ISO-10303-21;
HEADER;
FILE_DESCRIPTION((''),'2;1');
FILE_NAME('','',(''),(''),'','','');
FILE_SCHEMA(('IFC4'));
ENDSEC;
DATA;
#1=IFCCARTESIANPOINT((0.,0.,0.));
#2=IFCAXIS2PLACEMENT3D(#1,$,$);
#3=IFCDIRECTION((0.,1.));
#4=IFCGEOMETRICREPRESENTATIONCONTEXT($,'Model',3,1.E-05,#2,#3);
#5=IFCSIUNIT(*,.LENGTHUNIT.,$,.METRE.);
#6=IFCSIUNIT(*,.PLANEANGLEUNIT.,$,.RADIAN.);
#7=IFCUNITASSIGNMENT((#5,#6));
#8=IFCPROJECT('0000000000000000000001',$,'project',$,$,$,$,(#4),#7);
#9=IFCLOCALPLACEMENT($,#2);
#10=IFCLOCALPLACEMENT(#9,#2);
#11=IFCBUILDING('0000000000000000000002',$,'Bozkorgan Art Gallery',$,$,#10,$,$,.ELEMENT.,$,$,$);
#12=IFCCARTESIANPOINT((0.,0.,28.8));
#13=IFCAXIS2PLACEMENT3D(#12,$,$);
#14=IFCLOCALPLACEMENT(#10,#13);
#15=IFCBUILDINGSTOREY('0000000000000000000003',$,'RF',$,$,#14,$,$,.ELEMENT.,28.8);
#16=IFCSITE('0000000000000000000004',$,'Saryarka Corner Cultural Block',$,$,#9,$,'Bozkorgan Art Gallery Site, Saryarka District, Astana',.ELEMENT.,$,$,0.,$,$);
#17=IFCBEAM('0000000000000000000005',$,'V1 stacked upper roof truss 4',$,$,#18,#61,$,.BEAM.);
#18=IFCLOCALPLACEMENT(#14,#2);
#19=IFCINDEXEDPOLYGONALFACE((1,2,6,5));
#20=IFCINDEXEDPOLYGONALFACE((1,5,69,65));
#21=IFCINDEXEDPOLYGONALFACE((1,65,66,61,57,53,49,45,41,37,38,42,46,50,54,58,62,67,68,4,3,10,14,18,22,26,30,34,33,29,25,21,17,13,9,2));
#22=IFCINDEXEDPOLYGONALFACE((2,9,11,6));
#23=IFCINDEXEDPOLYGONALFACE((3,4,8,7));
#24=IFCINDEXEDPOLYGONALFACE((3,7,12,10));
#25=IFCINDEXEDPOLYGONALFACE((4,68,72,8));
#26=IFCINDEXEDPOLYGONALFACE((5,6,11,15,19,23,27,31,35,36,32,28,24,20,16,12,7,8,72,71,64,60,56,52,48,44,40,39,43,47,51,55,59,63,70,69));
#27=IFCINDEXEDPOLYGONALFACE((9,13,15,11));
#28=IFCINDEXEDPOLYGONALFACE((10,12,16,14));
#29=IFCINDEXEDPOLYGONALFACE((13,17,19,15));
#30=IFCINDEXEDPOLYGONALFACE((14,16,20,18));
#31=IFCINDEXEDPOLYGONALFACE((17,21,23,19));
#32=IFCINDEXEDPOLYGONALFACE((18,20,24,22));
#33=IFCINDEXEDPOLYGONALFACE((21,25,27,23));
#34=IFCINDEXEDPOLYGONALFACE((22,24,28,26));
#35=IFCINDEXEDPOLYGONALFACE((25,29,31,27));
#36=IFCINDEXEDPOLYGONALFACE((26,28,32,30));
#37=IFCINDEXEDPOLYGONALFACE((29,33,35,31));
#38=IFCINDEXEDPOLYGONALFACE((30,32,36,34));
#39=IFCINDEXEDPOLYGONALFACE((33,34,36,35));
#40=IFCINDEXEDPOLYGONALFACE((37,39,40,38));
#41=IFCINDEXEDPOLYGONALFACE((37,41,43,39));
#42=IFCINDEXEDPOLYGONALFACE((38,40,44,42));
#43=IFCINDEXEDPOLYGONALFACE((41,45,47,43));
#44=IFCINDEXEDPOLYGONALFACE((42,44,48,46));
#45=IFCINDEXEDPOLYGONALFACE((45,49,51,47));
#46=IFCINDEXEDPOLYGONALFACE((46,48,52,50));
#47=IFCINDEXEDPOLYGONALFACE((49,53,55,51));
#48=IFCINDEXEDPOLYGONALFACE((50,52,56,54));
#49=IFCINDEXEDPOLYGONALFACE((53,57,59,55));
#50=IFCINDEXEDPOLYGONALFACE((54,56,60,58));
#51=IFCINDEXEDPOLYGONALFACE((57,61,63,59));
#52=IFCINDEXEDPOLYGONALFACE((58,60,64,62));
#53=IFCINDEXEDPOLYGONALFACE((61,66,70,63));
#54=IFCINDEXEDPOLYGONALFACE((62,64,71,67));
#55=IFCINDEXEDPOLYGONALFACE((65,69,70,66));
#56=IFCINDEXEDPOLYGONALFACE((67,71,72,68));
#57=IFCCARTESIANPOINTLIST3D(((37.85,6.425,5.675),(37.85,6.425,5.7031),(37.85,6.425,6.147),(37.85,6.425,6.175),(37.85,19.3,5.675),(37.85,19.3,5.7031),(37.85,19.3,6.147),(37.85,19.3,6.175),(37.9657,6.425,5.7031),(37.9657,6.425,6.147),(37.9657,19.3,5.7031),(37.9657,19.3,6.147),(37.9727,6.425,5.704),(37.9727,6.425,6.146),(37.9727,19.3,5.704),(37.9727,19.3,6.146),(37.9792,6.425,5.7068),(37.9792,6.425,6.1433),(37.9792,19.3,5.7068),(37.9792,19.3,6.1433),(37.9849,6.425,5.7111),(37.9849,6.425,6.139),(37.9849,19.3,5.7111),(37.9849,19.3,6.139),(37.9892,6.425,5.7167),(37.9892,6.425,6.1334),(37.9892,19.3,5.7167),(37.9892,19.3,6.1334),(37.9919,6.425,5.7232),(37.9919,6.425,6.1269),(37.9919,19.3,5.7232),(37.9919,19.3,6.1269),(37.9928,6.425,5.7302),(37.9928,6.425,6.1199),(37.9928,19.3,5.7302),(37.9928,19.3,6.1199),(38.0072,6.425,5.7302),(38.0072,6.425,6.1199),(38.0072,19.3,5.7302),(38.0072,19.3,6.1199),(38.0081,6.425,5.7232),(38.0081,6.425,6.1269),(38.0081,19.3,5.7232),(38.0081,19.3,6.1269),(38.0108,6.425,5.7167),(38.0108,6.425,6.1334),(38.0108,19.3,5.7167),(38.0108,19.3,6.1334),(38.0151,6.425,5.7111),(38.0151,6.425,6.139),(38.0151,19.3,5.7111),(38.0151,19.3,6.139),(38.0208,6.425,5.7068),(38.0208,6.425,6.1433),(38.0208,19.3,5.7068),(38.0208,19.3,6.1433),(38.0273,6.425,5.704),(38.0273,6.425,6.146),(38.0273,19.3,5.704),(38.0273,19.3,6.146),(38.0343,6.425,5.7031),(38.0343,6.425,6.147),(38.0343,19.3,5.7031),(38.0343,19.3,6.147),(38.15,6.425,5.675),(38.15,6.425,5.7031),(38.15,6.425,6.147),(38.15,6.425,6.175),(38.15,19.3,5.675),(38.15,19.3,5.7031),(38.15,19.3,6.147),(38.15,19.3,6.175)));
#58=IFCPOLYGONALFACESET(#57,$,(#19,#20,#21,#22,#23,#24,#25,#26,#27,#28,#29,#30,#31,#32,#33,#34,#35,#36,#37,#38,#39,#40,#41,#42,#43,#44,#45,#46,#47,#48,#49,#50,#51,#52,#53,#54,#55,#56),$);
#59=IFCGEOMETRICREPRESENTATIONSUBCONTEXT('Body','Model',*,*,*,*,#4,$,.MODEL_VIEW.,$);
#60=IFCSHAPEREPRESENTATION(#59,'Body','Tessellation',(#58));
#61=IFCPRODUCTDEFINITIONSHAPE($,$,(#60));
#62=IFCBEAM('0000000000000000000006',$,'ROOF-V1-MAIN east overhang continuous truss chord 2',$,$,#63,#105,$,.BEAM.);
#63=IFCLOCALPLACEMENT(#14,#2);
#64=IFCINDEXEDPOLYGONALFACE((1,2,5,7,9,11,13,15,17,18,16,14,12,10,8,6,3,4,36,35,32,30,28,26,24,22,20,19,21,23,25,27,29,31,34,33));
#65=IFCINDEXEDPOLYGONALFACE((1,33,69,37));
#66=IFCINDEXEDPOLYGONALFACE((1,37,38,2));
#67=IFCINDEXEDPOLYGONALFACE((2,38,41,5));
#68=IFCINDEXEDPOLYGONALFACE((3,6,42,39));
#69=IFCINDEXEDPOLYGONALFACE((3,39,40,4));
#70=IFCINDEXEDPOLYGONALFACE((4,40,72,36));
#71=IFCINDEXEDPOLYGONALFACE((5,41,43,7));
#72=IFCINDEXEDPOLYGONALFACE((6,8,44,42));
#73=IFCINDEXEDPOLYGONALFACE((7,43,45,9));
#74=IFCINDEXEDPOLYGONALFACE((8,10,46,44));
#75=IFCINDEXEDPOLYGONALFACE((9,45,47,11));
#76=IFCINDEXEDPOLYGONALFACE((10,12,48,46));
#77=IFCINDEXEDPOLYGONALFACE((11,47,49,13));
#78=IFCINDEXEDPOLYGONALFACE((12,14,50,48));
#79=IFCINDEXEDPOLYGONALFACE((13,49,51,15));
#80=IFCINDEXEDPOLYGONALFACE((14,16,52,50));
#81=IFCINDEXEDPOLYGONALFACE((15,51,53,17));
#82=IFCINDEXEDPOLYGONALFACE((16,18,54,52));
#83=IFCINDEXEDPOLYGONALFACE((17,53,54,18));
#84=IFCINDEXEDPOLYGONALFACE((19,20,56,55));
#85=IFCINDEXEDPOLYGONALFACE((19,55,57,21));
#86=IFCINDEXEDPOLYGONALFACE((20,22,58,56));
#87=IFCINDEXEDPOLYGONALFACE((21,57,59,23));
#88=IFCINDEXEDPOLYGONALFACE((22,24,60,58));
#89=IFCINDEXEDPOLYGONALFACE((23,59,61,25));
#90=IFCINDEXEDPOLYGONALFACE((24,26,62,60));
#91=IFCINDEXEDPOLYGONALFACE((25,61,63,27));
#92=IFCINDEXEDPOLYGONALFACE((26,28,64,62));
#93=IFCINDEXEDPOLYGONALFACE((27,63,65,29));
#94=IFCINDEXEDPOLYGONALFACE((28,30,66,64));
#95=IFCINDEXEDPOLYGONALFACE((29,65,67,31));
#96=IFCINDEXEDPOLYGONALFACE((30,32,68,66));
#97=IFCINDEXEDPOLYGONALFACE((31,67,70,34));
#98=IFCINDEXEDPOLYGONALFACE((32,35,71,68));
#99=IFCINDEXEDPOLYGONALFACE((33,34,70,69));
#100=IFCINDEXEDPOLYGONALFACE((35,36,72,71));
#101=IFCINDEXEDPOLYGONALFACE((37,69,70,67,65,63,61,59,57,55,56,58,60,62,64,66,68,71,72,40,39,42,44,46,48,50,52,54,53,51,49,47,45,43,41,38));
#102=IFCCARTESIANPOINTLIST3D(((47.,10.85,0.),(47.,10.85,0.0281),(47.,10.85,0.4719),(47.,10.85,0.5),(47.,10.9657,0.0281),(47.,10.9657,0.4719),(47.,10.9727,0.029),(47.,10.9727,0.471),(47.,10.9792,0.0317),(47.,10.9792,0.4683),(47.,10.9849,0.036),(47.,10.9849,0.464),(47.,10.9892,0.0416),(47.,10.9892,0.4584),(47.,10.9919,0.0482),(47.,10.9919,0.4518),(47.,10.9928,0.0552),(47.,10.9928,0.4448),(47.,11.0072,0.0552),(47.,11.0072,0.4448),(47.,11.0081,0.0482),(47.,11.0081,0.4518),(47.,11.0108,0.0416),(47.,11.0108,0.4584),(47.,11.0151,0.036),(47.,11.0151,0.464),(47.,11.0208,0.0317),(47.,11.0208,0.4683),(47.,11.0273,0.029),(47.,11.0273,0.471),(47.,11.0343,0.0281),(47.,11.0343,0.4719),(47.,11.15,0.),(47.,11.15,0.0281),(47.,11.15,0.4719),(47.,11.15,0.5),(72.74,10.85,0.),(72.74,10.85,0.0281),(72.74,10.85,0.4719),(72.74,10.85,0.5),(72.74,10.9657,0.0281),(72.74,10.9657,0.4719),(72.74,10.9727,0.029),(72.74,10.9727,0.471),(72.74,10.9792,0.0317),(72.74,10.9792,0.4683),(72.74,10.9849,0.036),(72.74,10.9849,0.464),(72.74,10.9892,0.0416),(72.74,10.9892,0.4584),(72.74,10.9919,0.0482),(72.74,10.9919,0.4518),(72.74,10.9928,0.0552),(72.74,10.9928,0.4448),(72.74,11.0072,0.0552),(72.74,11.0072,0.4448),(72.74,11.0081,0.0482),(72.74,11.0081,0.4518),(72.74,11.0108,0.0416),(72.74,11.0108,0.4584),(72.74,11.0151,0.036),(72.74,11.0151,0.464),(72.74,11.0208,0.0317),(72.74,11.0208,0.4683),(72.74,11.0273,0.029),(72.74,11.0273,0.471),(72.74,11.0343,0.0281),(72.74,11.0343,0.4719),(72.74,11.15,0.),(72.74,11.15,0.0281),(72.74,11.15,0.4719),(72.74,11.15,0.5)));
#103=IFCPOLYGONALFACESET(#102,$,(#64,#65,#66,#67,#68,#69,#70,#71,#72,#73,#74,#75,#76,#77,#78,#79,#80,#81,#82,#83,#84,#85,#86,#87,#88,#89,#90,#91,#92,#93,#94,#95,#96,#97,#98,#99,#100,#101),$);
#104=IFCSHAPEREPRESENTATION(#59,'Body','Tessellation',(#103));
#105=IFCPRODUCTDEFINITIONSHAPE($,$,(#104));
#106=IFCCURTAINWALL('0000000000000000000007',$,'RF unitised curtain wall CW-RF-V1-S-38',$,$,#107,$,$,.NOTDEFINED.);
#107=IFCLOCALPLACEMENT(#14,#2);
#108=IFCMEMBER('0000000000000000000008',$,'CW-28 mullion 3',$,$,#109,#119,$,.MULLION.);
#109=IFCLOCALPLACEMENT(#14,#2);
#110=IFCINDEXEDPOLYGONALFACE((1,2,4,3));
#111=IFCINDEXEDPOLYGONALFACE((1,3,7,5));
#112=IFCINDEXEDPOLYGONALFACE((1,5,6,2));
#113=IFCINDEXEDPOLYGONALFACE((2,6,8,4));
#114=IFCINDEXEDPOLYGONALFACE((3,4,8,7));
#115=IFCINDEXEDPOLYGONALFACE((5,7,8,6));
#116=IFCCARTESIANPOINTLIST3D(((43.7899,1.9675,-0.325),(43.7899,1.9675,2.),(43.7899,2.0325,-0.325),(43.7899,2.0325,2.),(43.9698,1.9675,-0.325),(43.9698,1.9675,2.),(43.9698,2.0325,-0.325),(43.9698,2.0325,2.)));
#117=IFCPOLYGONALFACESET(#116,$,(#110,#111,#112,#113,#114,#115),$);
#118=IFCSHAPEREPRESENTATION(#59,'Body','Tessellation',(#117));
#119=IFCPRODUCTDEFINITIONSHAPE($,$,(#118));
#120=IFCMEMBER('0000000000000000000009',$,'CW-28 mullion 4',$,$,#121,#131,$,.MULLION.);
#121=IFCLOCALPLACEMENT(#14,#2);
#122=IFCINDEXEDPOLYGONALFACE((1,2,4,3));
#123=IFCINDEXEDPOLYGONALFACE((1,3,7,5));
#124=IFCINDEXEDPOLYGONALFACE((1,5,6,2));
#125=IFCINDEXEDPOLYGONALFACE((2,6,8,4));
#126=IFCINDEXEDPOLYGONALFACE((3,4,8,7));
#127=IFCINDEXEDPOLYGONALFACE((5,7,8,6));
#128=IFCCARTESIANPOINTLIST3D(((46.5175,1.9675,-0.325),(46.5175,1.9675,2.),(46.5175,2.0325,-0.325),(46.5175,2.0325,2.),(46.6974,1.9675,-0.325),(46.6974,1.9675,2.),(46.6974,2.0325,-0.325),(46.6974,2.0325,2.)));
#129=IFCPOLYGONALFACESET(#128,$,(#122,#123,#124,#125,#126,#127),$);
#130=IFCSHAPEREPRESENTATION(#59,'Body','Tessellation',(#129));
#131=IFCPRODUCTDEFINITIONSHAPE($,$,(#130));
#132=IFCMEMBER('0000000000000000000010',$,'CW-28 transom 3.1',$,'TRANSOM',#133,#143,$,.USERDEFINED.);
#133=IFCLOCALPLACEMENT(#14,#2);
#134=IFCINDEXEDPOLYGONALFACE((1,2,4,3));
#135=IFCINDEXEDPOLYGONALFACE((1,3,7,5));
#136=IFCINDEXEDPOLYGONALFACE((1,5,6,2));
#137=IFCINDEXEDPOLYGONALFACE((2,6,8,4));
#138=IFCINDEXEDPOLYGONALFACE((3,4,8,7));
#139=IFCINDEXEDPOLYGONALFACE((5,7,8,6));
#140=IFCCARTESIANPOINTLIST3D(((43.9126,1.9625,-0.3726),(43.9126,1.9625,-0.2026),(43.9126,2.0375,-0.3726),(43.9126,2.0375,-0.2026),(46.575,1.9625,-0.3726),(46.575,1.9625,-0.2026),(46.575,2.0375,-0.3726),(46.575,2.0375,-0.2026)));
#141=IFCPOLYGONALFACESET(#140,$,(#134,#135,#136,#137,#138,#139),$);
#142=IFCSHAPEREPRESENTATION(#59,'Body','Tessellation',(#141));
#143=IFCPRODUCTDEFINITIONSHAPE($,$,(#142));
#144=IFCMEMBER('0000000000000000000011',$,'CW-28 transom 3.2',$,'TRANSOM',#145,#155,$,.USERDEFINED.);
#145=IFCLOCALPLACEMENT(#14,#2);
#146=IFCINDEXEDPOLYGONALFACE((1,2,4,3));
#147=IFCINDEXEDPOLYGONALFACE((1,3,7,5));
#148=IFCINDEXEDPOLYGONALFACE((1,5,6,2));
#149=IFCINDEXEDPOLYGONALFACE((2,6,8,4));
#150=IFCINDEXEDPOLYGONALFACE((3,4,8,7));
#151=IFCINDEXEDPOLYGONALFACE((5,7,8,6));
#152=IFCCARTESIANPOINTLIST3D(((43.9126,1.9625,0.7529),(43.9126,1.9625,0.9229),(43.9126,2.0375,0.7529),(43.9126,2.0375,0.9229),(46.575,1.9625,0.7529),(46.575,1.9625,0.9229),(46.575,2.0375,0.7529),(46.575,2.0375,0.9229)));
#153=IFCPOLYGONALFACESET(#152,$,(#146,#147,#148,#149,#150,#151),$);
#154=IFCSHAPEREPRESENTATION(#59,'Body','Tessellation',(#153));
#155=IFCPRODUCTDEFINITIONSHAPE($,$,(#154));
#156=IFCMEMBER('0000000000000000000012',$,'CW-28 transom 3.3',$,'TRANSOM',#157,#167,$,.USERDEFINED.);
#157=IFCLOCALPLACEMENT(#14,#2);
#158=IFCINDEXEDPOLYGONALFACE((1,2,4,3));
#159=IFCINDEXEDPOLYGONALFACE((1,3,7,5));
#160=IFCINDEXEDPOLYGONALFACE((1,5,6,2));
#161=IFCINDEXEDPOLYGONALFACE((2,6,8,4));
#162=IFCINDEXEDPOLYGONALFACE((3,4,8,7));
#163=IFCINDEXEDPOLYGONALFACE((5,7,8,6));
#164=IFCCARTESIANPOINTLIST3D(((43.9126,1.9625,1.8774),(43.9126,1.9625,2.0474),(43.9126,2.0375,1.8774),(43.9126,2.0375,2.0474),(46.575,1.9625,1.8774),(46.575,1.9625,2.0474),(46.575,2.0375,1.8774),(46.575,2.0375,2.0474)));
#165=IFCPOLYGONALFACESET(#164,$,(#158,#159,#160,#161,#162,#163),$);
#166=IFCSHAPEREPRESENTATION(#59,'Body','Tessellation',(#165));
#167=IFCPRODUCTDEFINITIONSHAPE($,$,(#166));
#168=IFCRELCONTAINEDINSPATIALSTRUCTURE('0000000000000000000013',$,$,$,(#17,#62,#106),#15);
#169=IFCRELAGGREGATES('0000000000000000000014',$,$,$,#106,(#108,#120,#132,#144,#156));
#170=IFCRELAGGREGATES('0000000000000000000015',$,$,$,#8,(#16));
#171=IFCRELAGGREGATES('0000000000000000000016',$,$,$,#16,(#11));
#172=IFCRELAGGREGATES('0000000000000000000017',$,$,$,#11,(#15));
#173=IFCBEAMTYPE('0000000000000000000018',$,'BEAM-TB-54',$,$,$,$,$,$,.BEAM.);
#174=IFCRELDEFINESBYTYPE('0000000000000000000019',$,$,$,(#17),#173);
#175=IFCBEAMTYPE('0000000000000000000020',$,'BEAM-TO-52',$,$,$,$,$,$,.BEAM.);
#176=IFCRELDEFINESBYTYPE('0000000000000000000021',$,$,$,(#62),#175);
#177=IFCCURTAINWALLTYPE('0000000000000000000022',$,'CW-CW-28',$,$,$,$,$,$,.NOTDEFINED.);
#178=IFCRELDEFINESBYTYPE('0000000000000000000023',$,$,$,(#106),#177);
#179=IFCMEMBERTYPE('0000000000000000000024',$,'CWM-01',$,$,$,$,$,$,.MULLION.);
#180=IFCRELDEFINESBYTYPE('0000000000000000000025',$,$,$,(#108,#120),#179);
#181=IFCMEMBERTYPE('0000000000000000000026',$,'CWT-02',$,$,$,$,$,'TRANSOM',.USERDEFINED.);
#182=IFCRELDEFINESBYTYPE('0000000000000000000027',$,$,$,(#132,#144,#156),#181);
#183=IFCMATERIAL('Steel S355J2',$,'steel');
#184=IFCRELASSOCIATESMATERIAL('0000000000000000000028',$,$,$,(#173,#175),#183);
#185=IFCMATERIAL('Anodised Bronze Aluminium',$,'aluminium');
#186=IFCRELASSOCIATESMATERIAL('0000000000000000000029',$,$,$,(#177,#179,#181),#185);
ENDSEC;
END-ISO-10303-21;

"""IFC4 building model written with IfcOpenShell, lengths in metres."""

from ifc_helpers import new_model, si_unit, direction, frame, origin, origin_2d, place, context, subcontext, project, spatial, rectangle, i_section, extrude, material, material_profile, profile_set, type_object, element, aggregate, save


model = new_model("IFC4")

# Units and contexts
model_context = context("Model", 3, precision=1e-05, world=origin(), true_north=direction((0.0, 1.0)))
body_context = subcontext(model_context, "Body", "Model", "MODEL_VIEW")
ifc_project = project(units=[si_unit("LENGTHUNIT", "METRE"), si_unit("PLANEANGLEUNIT", "RADIAN")], contexts=[model_context])

# Site, building, storey
site_placement = place(None, origin())
site = spatial("IfcSite", under=ifc_project, at=site_placement, Name="Saryarka Corner Cultural Block", LongName="Bozkorgan Art Gallery Site, Saryarka District, Astana", CompositionType="ELEMENT", RefElevation=0.0)
building_placement = place(site_placement, origin())
building = spatial("IfcBuilding", under=site, at=building_placement, Name="Bozkorgan Art Gallery", CompositionType="ELEMENT")
storey_placement = place(building_placement, frame((0.0, 0.0, 28.8)))
storey = spatial("IfcBuildingStorey", under=building, at=storey_placement, Name="RF", CompositionType="ELEMENT", Elevation=28.8)

# Beams
ifc_material_1 = material(Name="Steel S355J2", Category="steel")
ifc_material_profile_1 = material_profile(ifc_material_1, i_section(OverallWidth=0.3, OverallDepth=0.5, WebThickness=0.0144, FlangeThickness=0.0281, FilletRadius=0.0271, at=origin_2d()), Name="HEB 500")
ifc_profile_set_1 = profile_set([ifc_material_profile_1], Name="Steel S355J2")
beam_type_1 = type_object("IfcBeamType", Name="BEAM-TB-54", PredefinedType="BEAM", material=ifc_profile_set_1)
beam_1_placement = place(storey_placement, frame((38.0, 6.425, 5.925), z_axis=(0.0, 1.0, 0.0), x_axis=(-1.0, 0.0, 0.0)))
element("IfcBeam", 1, at=beam_1_placement, inside=storey, type_object=beam_type_1, Name="V1 stacked upper roof truss 4", PredefinedType="BEAM", context=body_context, shape_type="SweptSolid", body=[
    extrude(i_section(OverallWidth=0.3, OverallDepth=0.5, WebThickness=0.0144, FlangeThickness=0.0281, FilletRadius=0.0271, at=origin_2d()), origin(), (0.0, 0.0, 1.0), 12.875),
])
ifc_material_profile_2 = material_profile(ifc_material_1, i_section(OverallWidth=0.3, OverallDepth=0.5, WebThickness=0.0144, FlangeThickness=0.0281, FilletRadius=0.0271, at=origin_2d()), Name="HEB 500")
ifc_profile_set_2 = profile_set([ifc_material_profile_2], Name="Steel S355J2")
beam_type_2 = type_object("IfcBeamType", Name="BEAM-TO-52", PredefinedType="BEAM", material=ifc_profile_set_2)
beam_2_placement = place(storey_placement, frame((47.0, 11.0, 0.25), z_axis=(1.0, 0.0, 0.0), x_axis=(0.0, 1.0, 0.0)))
element("IfcBeam", 2, at=beam_2_placement, inside=storey, type_object=beam_type_2, Name="ROOF-V1-MAIN east overhang continuous truss chord 2", PredefinedType="BEAM", context=body_context, shape_type="SweptSolid", body=[
    extrude(i_section(OverallWidth=0.3, OverallDepth=0.5, WebThickness=0.0144, FlangeThickness=0.0281, FilletRadius=0.0271, at=origin_2d()), origin(), (0.0, 0.0, 1.0), 25.74),
])

# Curtain wall, members
ifc_material_2 = material(Name="Anodised Bronze Aluminium", Category="aluminium")
curtain_wall_type = type_object("IfcCurtainWallType", Name="CW-CW-28", PredefinedType="NOTDEFINED", material=ifc_material_2)
curtain_wall_placement = place(storey_placement, origin())
curtain_wall = element("IfcCurtainWall", 3, at=curtain_wall_placement, inside=storey, type_object=curtain_wall_type, Name="RF unitised curtain wall CW-RF-V1-S-38", PredefinedType="NOTDEFINED")
ifc_material_profile_3 = material_profile(ifc_material_2, rectangle(XDim=0.0649, YDim=0.1799, at=origin_2d()), Name="ALU MULLION 65x180")
ifc_profile_set_3 = profile_set([ifc_material_profile_3], Name="Anodised Bronze Aluminium")
member_type_1 = type_object("IfcMemberType", Name="CWM-01", PredefinedType="MULLION", material=ifc_profile_set_3)
member_1_placement = place(storey_placement, frame((43.8799, 2.0, -0.325), z_axis=(0.0, 0.0, 1.0), x_axis=(0.0, 1.0, 0.0)))
member_1 = element("IfcMember", 4, at=member_1_placement, type_object=member_type_1, Name="CW-28 mullion 3", PredefinedType="MULLION", context=body_context, shape_type="SweptSolid", body=[
    extrude(rectangle(XDim=0.0649, YDim=0.1799, at=origin_2d()), origin(), (0.0, 0.0, 1.0), 2.325),
])
member_2_placement = place(storey_placement, frame((46.6074, 2.0, -0.325), z_axis=(0.0, 0.0, 1.0), x_axis=(0.0, 1.0, 0.0)))
member_2 = element("IfcMember", 5, at=member_2_placement, type_object=member_type_1, Name="CW-28 mullion 4", PredefinedType="MULLION", context=body_context, shape_type="SweptSolid", body=[
    extrude(rectangle(XDim=0.0649, YDim=0.1799, at=origin_2d()), origin(), (0.0, 0.0, 1.0), 2.325),
])
ifc_material_profile_4 = material_profile(ifc_material_2, rectangle(XDim=0.075, YDim=0.1699, at=origin_2d()), Name="ALU TRANSOM 75x170")
ifc_profile_set_4 = profile_set([ifc_material_profile_4], Name="Anodised Bronze Aluminium")
member_type_2 = type_object("IfcMemberType", Name="CWT-02", ElementType="TRANSOM", PredefinedType="USERDEFINED", material=ifc_profile_set_4)
member_3_placement = place(storey_placement, frame((43.9126, 2.0, -0.2876), z_axis=(1.0, 0.0, 0.0), x_axis=(0.0, 1.0, 0.0)))
member_3 = element("IfcMember", 6, at=member_3_placement, type_object=member_type_2, Name="CW-28 transom 3.1", ObjectType="TRANSOM", PredefinedType="USERDEFINED", context=body_context, shape_type="SweptSolid", body=[
    extrude(rectangle(XDim=0.075, YDim=0.1699, at=origin_2d()), origin(), (0.0, 0.0, 1.0), 2.6624),
])
member_4_placement = place(storey_placement, frame((43.9126, 2.0, 0.8379), z_axis=(1.0, 0.0, 0.0), x_axis=(0.0, 1.0, 0.0)))
member_4 = element("IfcMember", 7, at=member_4_placement, type_object=member_type_2, Name="CW-28 transom 3.2", ObjectType="TRANSOM", PredefinedType="USERDEFINED", context=body_context, shape_type="SweptSolid", body=[
    extrude(rectangle(XDim=0.075, YDim=0.1699, at=origin_2d()), origin(), (0.0, 0.0, 1.0), 2.6624),
])
member_5_placement = place(storey_placement, frame((43.9126, 2.0, 1.9624), z_axis=(1.0, 0.0, 0.0), x_axis=(0.0, 1.0, 0.0)))
member_5 = element("IfcMember", 8, at=member_5_placement, type_object=member_type_2, Name="CW-28 transom 3.3", ObjectType="TRANSOM", PredefinedType="USERDEFINED", context=body_context, shape_type="SweptSolid", body=[
    extrude(rectangle(XDim=0.075, YDim=0.1699, at=origin_2d()), origin(), (0.0, 0.0, 1.0), 2.6624),
])

aggregate(curtain_wall, [member_1, member_2, member_3, member_4, member_5])

save(model, "model.ifc")
